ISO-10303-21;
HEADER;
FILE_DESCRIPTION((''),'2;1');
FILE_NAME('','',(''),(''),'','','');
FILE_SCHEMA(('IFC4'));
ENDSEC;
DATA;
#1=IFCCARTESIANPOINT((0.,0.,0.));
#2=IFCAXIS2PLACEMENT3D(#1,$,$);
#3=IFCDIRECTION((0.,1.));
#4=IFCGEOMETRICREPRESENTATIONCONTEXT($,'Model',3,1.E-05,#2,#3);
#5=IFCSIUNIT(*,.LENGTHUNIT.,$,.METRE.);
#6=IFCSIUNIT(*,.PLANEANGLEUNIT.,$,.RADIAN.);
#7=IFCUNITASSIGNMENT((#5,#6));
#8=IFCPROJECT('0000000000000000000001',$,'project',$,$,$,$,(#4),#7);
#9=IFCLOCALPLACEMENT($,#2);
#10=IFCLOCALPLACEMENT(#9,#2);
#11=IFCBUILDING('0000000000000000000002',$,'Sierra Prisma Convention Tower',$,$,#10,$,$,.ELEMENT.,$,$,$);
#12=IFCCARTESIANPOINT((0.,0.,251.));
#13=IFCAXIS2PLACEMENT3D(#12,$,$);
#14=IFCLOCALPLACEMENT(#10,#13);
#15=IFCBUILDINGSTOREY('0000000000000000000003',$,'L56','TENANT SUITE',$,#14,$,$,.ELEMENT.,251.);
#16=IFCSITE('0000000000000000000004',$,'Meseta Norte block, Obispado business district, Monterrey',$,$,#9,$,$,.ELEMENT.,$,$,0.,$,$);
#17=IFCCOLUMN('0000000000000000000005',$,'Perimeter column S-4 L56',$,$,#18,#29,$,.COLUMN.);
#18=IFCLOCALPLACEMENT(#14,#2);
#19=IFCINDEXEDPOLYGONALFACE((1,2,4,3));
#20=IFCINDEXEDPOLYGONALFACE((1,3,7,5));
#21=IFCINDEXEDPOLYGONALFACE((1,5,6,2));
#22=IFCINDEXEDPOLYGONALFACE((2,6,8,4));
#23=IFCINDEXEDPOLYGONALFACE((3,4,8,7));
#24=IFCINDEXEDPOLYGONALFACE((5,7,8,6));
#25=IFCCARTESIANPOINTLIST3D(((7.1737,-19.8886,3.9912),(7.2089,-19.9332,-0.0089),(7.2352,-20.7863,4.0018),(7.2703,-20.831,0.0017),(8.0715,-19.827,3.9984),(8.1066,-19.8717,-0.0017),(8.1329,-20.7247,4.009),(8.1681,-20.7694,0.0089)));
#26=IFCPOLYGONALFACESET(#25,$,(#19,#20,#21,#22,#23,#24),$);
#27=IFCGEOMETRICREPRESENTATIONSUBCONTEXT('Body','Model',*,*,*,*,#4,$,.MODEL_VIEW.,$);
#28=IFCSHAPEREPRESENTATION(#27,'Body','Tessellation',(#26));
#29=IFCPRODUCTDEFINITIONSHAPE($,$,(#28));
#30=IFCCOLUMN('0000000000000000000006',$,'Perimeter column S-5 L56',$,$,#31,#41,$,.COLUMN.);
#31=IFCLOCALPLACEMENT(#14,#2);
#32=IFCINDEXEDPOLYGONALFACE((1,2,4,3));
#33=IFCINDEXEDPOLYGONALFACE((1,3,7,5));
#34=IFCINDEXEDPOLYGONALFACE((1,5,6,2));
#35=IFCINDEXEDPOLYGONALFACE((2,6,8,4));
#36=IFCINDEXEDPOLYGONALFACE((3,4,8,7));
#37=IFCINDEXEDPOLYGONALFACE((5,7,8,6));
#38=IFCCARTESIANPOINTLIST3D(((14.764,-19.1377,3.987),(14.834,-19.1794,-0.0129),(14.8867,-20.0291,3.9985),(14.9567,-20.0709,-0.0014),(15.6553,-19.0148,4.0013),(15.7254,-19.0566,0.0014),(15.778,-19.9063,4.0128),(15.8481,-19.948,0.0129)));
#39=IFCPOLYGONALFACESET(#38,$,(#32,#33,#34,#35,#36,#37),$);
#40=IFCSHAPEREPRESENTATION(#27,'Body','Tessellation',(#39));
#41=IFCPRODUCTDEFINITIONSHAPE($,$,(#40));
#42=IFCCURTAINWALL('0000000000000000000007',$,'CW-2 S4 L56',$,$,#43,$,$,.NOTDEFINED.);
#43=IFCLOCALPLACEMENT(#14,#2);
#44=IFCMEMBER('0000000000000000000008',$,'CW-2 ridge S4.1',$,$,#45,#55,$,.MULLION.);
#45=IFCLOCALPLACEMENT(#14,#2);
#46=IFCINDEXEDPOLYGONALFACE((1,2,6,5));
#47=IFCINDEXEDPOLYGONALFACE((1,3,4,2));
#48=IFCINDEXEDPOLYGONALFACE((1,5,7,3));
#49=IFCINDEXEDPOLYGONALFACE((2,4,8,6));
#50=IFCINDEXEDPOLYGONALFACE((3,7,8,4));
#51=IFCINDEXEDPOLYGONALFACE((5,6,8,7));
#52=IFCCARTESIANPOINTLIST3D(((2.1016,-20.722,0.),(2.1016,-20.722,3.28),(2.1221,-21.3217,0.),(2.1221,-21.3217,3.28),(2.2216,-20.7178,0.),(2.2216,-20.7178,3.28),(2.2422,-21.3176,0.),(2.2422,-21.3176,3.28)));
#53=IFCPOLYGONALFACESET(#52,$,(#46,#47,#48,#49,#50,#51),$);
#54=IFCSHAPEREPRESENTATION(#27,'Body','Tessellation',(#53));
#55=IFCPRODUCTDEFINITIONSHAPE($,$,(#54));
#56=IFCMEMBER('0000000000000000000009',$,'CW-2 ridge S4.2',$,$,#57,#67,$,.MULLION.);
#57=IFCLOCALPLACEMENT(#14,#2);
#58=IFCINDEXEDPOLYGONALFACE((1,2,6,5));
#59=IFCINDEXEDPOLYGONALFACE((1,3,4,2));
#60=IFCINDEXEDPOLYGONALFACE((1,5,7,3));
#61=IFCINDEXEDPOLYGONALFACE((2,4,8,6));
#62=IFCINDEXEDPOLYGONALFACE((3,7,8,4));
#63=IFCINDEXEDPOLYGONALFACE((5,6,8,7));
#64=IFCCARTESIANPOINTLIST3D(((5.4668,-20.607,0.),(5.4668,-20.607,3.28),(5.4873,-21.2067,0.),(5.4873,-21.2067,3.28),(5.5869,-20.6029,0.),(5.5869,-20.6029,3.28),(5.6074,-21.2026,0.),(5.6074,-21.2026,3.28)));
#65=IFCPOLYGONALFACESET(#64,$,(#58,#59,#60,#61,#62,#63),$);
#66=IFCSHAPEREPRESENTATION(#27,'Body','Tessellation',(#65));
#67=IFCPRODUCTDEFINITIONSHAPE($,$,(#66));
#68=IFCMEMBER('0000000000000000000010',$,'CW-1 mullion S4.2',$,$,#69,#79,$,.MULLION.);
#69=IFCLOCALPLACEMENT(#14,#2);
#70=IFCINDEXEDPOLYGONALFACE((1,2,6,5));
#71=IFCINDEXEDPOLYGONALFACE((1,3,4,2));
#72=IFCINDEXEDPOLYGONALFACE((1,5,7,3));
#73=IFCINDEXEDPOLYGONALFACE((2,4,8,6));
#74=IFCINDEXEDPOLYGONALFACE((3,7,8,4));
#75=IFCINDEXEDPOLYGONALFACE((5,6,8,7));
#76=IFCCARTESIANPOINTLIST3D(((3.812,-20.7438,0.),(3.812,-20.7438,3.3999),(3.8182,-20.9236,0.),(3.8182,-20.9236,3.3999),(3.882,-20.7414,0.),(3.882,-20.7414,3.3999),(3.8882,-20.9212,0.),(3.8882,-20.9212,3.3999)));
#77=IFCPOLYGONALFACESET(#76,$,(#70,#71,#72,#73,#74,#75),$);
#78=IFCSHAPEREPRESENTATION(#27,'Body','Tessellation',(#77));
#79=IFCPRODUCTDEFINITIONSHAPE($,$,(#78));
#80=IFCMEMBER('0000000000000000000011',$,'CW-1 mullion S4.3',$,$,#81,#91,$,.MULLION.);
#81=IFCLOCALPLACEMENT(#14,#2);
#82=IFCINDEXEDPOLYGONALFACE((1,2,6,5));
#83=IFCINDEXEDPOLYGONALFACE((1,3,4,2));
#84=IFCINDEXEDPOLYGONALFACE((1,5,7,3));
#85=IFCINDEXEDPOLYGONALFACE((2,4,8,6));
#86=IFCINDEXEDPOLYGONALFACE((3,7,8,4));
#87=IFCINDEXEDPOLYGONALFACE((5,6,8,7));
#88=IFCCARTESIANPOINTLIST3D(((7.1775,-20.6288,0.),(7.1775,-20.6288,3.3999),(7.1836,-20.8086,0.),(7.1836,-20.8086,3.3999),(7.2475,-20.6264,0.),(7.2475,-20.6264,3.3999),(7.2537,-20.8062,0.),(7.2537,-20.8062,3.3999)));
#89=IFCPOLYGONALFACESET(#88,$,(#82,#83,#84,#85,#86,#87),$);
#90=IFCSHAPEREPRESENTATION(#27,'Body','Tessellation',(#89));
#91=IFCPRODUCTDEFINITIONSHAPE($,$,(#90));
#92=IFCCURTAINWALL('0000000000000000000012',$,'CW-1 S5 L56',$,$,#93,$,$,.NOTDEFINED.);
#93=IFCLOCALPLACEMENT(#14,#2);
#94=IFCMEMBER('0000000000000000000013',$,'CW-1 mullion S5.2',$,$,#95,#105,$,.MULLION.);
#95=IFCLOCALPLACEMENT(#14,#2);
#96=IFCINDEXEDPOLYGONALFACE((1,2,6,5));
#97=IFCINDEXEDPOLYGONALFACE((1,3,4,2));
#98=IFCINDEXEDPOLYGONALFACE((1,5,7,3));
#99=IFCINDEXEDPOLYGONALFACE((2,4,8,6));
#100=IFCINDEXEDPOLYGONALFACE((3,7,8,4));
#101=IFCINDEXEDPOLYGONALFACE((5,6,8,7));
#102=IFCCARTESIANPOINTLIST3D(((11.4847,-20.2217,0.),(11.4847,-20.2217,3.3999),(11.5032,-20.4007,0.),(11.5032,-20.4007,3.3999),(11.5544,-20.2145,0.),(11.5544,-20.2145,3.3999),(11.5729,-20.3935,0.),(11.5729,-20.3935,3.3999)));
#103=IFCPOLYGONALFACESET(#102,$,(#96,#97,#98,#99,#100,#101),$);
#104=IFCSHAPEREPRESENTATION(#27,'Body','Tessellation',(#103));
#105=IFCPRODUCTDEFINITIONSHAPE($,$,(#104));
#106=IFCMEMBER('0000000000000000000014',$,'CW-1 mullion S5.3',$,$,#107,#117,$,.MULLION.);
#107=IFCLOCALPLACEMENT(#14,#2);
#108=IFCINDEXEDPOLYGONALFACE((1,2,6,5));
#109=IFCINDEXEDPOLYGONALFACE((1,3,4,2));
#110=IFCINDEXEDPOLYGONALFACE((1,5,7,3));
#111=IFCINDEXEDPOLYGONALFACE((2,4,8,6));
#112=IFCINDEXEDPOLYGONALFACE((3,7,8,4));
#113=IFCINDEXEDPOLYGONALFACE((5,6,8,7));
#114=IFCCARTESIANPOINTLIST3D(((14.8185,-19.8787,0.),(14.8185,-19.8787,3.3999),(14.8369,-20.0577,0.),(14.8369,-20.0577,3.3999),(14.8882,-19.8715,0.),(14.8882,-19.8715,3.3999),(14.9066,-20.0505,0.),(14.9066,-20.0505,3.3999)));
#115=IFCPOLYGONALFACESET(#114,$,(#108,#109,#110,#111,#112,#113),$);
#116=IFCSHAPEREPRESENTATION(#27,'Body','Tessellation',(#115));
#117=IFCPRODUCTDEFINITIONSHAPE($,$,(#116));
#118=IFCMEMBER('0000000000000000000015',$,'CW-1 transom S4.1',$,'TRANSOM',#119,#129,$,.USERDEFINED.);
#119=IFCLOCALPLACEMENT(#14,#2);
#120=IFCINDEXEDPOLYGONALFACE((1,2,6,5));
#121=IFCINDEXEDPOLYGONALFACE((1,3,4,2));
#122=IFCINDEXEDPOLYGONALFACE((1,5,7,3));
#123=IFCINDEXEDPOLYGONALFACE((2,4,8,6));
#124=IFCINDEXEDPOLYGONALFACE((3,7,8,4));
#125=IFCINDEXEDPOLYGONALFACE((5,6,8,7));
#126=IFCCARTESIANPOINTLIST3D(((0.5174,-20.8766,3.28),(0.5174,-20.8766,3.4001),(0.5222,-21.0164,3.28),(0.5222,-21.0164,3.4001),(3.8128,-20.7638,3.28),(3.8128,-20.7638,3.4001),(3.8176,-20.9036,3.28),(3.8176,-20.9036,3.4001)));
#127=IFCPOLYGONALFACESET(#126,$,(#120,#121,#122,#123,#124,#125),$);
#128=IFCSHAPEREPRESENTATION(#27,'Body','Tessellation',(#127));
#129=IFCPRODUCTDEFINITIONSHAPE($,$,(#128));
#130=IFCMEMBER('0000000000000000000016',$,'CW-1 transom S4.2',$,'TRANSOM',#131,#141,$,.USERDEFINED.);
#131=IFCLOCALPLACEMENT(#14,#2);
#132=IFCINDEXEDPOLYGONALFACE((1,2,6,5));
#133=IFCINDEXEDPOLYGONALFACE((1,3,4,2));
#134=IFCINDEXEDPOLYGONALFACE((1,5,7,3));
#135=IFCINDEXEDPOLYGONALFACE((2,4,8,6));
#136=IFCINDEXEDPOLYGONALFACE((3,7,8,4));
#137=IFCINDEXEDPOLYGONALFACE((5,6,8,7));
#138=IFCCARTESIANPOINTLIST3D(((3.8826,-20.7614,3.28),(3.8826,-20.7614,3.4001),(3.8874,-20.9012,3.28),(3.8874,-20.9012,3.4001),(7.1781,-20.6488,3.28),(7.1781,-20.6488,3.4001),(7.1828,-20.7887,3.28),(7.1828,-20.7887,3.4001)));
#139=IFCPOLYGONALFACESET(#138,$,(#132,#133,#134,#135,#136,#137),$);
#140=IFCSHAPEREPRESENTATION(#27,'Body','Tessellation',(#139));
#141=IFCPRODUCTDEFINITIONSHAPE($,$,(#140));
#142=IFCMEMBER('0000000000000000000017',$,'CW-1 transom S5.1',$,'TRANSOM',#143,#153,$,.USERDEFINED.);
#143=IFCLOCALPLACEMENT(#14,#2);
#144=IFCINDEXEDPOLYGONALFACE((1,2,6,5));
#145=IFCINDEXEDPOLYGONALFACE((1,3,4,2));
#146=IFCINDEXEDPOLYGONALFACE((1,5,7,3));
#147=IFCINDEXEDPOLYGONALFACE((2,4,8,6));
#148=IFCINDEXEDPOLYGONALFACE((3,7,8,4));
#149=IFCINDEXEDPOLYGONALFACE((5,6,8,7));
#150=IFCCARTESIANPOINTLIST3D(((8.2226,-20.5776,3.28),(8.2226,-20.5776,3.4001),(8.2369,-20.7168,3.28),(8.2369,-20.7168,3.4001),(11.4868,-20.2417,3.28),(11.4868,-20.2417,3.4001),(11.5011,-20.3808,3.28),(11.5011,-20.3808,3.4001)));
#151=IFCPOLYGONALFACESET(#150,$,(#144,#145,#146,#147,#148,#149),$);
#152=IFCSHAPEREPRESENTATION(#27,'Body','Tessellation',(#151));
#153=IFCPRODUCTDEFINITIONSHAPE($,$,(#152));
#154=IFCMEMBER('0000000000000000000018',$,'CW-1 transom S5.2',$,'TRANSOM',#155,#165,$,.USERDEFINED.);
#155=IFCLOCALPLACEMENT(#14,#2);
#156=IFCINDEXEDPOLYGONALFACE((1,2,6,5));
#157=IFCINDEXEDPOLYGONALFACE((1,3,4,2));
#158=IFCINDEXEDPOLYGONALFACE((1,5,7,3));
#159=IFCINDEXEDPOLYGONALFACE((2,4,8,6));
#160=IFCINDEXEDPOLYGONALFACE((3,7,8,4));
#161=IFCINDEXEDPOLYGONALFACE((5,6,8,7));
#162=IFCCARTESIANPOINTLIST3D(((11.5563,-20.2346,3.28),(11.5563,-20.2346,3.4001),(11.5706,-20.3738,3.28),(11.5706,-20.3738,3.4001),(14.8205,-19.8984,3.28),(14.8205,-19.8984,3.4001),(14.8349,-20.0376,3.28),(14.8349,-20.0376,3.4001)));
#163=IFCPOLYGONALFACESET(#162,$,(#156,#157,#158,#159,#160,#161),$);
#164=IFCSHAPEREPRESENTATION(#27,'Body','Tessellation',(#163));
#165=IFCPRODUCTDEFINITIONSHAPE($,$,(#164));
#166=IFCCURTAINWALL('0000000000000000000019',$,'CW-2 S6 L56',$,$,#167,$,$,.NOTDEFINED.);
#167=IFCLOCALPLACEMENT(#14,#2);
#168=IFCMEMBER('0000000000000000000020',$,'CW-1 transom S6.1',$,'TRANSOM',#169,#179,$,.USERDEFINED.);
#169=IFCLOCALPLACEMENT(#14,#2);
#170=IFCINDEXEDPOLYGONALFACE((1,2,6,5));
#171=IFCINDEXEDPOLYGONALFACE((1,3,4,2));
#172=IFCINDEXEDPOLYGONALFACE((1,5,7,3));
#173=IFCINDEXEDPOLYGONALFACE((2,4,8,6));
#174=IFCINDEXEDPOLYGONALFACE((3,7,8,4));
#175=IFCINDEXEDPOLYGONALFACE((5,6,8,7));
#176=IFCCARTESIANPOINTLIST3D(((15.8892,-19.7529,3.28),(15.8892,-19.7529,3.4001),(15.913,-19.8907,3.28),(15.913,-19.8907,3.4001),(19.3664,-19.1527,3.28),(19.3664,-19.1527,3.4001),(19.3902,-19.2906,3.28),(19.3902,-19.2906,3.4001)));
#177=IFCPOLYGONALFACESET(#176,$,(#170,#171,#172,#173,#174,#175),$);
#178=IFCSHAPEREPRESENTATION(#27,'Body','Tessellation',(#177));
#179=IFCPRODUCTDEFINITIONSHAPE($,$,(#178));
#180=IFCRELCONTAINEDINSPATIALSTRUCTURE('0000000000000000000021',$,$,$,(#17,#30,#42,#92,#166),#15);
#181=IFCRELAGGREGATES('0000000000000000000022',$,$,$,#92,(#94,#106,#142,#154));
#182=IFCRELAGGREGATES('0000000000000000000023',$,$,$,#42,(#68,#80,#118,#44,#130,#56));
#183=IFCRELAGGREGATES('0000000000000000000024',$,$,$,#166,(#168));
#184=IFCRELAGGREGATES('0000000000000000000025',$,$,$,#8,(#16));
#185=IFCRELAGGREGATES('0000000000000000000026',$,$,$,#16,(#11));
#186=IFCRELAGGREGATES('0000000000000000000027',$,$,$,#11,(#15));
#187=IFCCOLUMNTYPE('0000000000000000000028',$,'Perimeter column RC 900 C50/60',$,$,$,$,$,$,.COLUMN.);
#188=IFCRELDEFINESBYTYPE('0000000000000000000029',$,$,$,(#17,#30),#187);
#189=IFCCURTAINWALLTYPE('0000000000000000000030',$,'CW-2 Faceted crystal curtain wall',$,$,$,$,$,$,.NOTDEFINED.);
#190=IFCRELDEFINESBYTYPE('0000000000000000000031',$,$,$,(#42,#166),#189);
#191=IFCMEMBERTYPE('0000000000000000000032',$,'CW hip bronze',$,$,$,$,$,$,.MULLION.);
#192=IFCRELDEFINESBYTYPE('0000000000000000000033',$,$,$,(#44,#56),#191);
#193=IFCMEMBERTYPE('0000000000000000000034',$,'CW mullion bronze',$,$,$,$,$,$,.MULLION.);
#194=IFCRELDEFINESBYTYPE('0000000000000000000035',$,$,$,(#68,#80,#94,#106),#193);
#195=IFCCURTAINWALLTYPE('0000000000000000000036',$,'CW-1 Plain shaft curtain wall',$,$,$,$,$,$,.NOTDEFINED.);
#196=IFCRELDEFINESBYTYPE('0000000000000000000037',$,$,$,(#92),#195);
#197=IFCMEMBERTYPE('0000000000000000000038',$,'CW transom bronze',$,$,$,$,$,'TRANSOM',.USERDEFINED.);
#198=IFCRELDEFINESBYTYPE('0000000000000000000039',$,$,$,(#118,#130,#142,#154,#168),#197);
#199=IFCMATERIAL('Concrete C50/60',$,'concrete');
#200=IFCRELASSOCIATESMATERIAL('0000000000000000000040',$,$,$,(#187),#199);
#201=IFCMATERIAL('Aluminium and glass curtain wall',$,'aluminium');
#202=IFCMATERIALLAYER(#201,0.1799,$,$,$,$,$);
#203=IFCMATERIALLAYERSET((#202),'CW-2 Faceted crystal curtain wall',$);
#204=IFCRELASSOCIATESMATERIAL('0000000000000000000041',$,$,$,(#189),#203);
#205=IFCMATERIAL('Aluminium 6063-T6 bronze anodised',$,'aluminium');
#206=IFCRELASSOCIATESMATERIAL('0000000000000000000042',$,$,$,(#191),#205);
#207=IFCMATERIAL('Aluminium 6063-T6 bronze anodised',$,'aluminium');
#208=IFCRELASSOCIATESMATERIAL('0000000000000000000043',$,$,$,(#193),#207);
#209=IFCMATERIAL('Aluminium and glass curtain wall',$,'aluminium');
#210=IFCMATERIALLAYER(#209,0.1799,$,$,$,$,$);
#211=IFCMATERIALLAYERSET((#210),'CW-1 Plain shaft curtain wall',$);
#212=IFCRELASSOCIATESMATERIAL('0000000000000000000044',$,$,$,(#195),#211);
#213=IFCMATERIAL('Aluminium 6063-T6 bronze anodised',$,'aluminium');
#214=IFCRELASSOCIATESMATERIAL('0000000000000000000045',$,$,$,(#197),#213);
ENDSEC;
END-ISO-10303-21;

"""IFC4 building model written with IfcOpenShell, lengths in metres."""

from ifc_helpers import new_model, si_unit, direction, frame, origin, origin_2d, place, context, subcontext, project, spatial, rectangle, extrude, material, layer, layer_set, material_profile, profile_set, type_object, element, aggregate, save


model = new_model("IFC4")

# Units and contexts
model_context = context("Model", 3, precision=1e-05, world=origin(), true_north=direction((0.0, 1.0)))
body_context = subcontext(model_context, "Body", "Model", "MODEL_VIEW")
ifc_project = project(units=[si_unit("LENGTHUNIT", "METRE"), si_unit("PLANEANGLEUNIT", "RADIAN")], contexts=[model_context])

# Site, building, storey
site_placement = place(None, origin())
site = spatial("IfcSite", under=ifc_project, at=site_placement, Name="Meseta Norte block, Obispado business district, Monterrey", CompositionType="ELEMENT", RefElevation=0.0)
building_placement = place(site_placement, origin())
building = spatial("IfcBuilding", under=site, at=building_placement, Name="Sierra Prisma Convention Tower", CompositionType="ELEMENT")
storey_placement = place(building_placement, frame((0.0, 0.0, 251.0)))
storey = spatial("IfcBuildingStorey", under=building, at=storey_placement, Name="L56", Description="TENANT SUITE", CompositionType="ELEMENT", Elevation=251.0)

# Columns
ifc_material_1 = material(Name="Concrete C50/60", Category="concrete")
ifc_material_profile_1 = material_profile(ifc_material_1, rectangle(XDim=0.8999, YDim=0.8999, at=origin_2d()), Name="Perimeter column RC 900 C50/60")
ifc_profile_set_1 = profile_set([ifc_material_profile_1], Name="Concrete C50/60")
column_type = type_object("IfcColumnType", Name="Perimeter column RC 900 C50/60", PredefinedType="COLUMN", material=ifc_profile_set_1)
column_1_placement = place(storey_placement, frame((7.6885, -20.3513, 0.0), z_axis=(-0.008788, 0.011168, 0.999899), x_axis=(0.997624, 0.068421, 0.008004)))
element("IfcColumn", 1, at=column_1_placement, inside=storey, type_object=column_type, Name="Perimeter column S-4 L56", PredefinedType="COLUMN", context=body_context, shape_type="SweptSolid", body=[
    extrude(rectangle(XDim=0.8999, YDim=0.8999, at=origin_2d()), origin(), (0.0, 0.0, 1.0), 4.0005),
])
column_2_placement = place(storey_placement, frame((15.3411, -19.5637, 0.0), z_axis=(-0.017513, 0.010435, 0.999792), x_axis=(0.990511, 0.13651, 0.015926)))
element("IfcColumn", 2, at=column_2_placement, inside=storey, type_object=column_type, Name="Perimeter column S-5 L56", PredefinedType="COLUMN", context=body_context, shape_type="SweptSolid", body=[
    extrude(rectangle(XDim=0.8999, YDim=0.8999, at=origin_2d()), origin(), (0.0, 0.0, 1.0), 4.0007),
])

# Curtain walls, members
ifc_material_2 = material(Name="Aluminium and glass curtain wall", Category="aluminium")
ifc_layer_1 = layer(ifc_material_2, 0.1799)
ifc_layer_set_1 = layer_set([ifc_layer_1], Name="CW-2 Faceted crystal curtain wall")
curtain_wall_type_1 = type_object("IfcCurtainWallType", Name="CW-2 Faceted crystal curtain wall", PredefinedType="NOTDEFINED", material=ifc_layer_set_1)
curtain_wall_1_placement = place(storey_placement, origin())
curtain_wall_1 = element("IfcCurtainWall", 3, at=curtain_wall_1_placement, inside=storey, type_object=curtain_wall_type_1, Name="CW-2 S4 L56", PredefinedType="NOTDEFINED")
ifc_material_3 = material(Name="Aluminium 6063-T6 bronze anodised", Category="aluminium")
ifc_material_profile_2 = material_profile(ifc_material_3, rectangle(XDim=0.1201, YDim=0.6001, at=origin_2d()), Name="ALU RIDGE BLADE 120x600")
ifc_profile_set_2 = profile_set([ifc_material_profile_2], Name="Aluminium 6063-T6 bronze anodised")
member_type_1 = type_object("IfcMemberType", Name="CW hip bronze", PredefinedType="MULLION", material=ifc_profile_set_2)
member_1_placement = place(storey_placement, frame((2.1719, -21.0198, 0.0), z_axis=(0.0, 0.0, 1.0), x_axis=(0.999416, 0.034184, 0.0)))
member_1 = element("IfcMember", 4, at=member_1_placement, type_object=member_type_1, Name="CW-2 ridge S4.1", PredefinedType="MULLION", context=body_context, shape_type="SweptSolid", body=[
    extrude(rectangle(XDim=0.1201, YDim=0.6001, at=origin_2d()), origin(), (0.0, 0.0, 1.0), 3.28),
])
member_2_placement = place(storey_placement, frame((5.5371, -20.9048, 0.0), z_axis=(0.0, 0.0, 1.0), x_axis=(0.999416, 0.034184, 0.0)))
member_2 = element("IfcMember", 5, at=member_2_placement, type_object=member_type_1, Name="CW-2 ridge S4.2", PredefinedType="MULLION", context=body_context, shape_type="SweptSolid", body=[
    extrude(rectangle(XDim=0.1201, YDim=0.6001, at=origin_2d()), origin(), (0.0, 0.0, 1.0), 3.28),
])
ifc_material_4 = material(Name="Aluminium 6063-T6 bronze anodised", Category="aluminium")
ifc_material_profile_3 = material_profile(ifc_material_4, rectangle(XDim=0.1799, YDim=0.0701, at=origin_2d()), Name="ALU MULLION 70x180")
ifc_profile_set_3 = profile_set([ifc_material_profile_3], Name="Aluminium 6063-T6 bronze anodised")
member_type_2 = type_object("IfcMemberType", Name="CW mullion bronze", PredefinedType="MULLION", material=ifc_profile_set_3)
member_3_placement = place(storey_placement, frame((3.8501, -20.8325, 0.0), z_axis=(0.0, 0.0, 1.0), x_axis=(-0.034184, 0.999416, 0.0)))
member_3 = element("IfcMember", 6, at=member_3_placement, type_object=member_type_2, Name="CW-1 mullion S4.2", PredefinedType="MULLION", context=body_context, shape_type="SweptSolid", body=[
    extrude(rectangle(XDim=0.1799, YDim=0.0701, at=origin_2d()), origin(), (0.0, 0.0, 1.0), 3.3999),
])
member_4_placement = place(storey_placement, frame((7.2156, -20.7175, 0.0), z_axis=(0.0, 0.0, 1.0), x_axis=(-0.034184, 0.999416, 0.0)))
member_4 = element("IfcMember", 7, at=member_4_placement, type_object=member_type_2, Name="CW-1 mullion S4.3", PredefinedType="MULLION", context=body_context, shape_type="SweptSolid", body=[
    extrude(rectangle(XDim=0.1799, YDim=0.0701, at=origin_2d()), origin(), (0.0, 0.0, 1.0), 3.3999),
])
ifc_material_5 = material(Name="Aluminium and glass curtain wall", Category="aluminium")
ifc_layer_2 = layer(ifc_material_5, 0.1799)
ifc_layer_set_2 = layer_set([ifc_layer_2], Name="CW-1 Plain shaft curtain wall")
curtain_wall_type_2 = type_object("IfcCurtainWallType", Name="CW-1 Plain shaft curtain wall", PredefinedType="NOTDEFINED", material=ifc_layer_set_2)
curtain_wall_2_placement = place(storey_placement, origin())
curtain_wall_2 = element("IfcCurtainWall", 8, at=curtain_wall_2_placement, inside=storey, type_object=curtain_wall_type_2, Name="CW-1 S5 L56", PredefinedType="NOTDEFINED")
member_5_placement = place(storey_placement, frame((11.5288, -20.3076, 0.0), z_axis=(0.0, 0.0, 1.0), x_axis=(-0.102392, 0.994744, 0.0)))
member_5 = element("IfcMember", 9, at=member_5_placement, type_object=member_type_2, Name="CW-1 mullion S5.2", PredefinedType="MULLION", context=body_context, shape_type="SweptSolid", body=[
    extrude(rectangle(XDim=0.1799, YDim=0.0701, at=origin_2d()), origin(), (0.0, 0.0, 1.0), 3.3999),
])
member_6_placement = place(storey_placement, frame((14.8625, -19.9646, 0.0), z_axis=(0.0, 0.0, 1.0), x_axis=(-0.102392, 0.994744, 0.0)))
member_6 = element("IfcMember", 10, at=member_6_placement, type_object=member_type_2, Name="CW-1 mullion S5.3", PredefinedType="MULLION", context=body_context, shape_type="SweptSolid", body=[
    extrude(rectangle(XDim=0.1799, YDim=0.0701, at=origin_2d()), origin(), (0.0, 0.0, 1.0), 3.3999),
])

# Members
ifc_material_6 = material(Name="Aluminium 6063-T6 bronze anodised", Category="aluminium")
ifc_material_profile_4 = material_profile(ifc_material_6, rectangle(XDim=0.1399, YDim=0.1201, at=origin_2d()), Name="ALU TRANSOM 120x140")
ifc_profile_set_4 = profile_set([ifc_material_profile_4], Name="Aluminium 6063-T6 bronze anodised")
member_type_3 = type_object("IfcMemberType", Name="CW transom bronze", ElementType="TRANSOM", PredefinedType="USERDEFINED", material=ifc_profile_set_4)
member_7_placement = place(storey_placement, frame((0.5198, -20.9465, 3.3401), z_axis=(0.999415, 0.034207, 0.0), x_axis=(-0.034207, 0.999415, 0.0)))
member_7 = element("IfcMember", 11, at=member_7_placement, type_object=member_type_3, Name="CW-1 transom S4.1", ObjectType="TRANSOM", PredefinedType="USERDEFINED", context=body_context, shape_type="SweptSolid", body=[
    extrude(rectangle(XDim=0.1399, YDim=0.1201, at=origin_2d()), origin(), (0.0, 0.0, 1.0), 3.2974),
])
member_8_placement = place(storey_placement, frame((3.885, -20.8313, 3.3401), z_axis=(0.999417, 0.034133, 0.0), x_axis=(-0.034133, 0.999417, 0.0)))
member_8 = element("IfcMember", 12, at=member_8_placement, type_object=member_type_3, Name="CW-1 transom S4.2", ObjectType="TRANSOM", PredefinedType="USERDEFINED", context=body_context, shape_type="SweptSolid", body=[
    extrude(rectangle(XDim=0.1399, YDim=0.1201, at=origin_2d()), origin(), (0.0, 0.0, 1.0), 3.2974),
])
member_9_placement = place(storey_placement, frame((8.2297, -20.6472, 3.3401), z_axis=(0.994746, 0.102376, 0.0), x_axis=(-0.102376, 0.994746, 0.0)))
member_9 = element("IfcMember", 13, at=member_9_placement, type_object=member_type_3, Name="CW-1 transom S5.1", ObjectType="TRANSOM", PredefinedType="USERDEFINED", context=body_context, shape_type="SweptSolid", body=[
    extrude(rectangle(XDim=0.1399, YDim=0.1201, at=origin_2d()), origin(), (0.0, 0.0, 1.0), 3.2815),
])
member_10_placement = place(storey_placement, frame((11.5635, -20.3042, 3.3401), z_axis=(0.994738, 0.10245, 0.0), x_axis=(-0.10245, 0.994738, 0.0)))
member_10 = element("IfcMember", 14, at=member_10_placement, type_object=member_type_3, Name="CW-1 transom S5.2", ObjectType="TRANSOM", PredefinedType="USERDEFINED", context=body_context, shape_type="SweptSolid", body=[
    extrude(rectangle(XDim=0.1399, YDim=0.1201, at=origin_2d()), origin(), (0.0, 0.0, 1.0), 3.2815),
])

# Curtain wall, member
curtain_wall_3_placement = place(storey_placement, origin())
curtain_wall_3 = element("IfcCurtainWall", 15, at=curtain_wall_3_placement, inside=storey, type_object=curtain_wall_type_1, Name="CW-2 S6 L56", PredefinedType="NOTDEFINED")
member_11_placement = place(storey_placement, frame((15.9011, -19.8218, 3.3401), z_axis=(0.985431, 0.170074, 0.0), x_axis=(-0.170074, 0.985431, 0.0)))
member_11 = element("IfcMember", 16, at=member_11_placement, type_object=member_type_3, Name="CW-1 transom S6.1", ObjectType="TRANSOM", PredefinedType="USERDEFINED", context=body_context, shape_type="SweptSolid", body=[
    extrude(rectangle(XDim=0.1399, YDim=0.1201, at=origin_2d()), origin(), (0.0, 0.0, 1.0), 3.5286),
])

aggregate(curtain_wall_2, [member_5, member_6, member_9, member_10])
aggregate(curtain_wall_1, [member_3, member_4, member_7, member_1, member_8, member_2])
aggregate(curtain_wall_3, [member_11])

save(model, "model.ifc")
